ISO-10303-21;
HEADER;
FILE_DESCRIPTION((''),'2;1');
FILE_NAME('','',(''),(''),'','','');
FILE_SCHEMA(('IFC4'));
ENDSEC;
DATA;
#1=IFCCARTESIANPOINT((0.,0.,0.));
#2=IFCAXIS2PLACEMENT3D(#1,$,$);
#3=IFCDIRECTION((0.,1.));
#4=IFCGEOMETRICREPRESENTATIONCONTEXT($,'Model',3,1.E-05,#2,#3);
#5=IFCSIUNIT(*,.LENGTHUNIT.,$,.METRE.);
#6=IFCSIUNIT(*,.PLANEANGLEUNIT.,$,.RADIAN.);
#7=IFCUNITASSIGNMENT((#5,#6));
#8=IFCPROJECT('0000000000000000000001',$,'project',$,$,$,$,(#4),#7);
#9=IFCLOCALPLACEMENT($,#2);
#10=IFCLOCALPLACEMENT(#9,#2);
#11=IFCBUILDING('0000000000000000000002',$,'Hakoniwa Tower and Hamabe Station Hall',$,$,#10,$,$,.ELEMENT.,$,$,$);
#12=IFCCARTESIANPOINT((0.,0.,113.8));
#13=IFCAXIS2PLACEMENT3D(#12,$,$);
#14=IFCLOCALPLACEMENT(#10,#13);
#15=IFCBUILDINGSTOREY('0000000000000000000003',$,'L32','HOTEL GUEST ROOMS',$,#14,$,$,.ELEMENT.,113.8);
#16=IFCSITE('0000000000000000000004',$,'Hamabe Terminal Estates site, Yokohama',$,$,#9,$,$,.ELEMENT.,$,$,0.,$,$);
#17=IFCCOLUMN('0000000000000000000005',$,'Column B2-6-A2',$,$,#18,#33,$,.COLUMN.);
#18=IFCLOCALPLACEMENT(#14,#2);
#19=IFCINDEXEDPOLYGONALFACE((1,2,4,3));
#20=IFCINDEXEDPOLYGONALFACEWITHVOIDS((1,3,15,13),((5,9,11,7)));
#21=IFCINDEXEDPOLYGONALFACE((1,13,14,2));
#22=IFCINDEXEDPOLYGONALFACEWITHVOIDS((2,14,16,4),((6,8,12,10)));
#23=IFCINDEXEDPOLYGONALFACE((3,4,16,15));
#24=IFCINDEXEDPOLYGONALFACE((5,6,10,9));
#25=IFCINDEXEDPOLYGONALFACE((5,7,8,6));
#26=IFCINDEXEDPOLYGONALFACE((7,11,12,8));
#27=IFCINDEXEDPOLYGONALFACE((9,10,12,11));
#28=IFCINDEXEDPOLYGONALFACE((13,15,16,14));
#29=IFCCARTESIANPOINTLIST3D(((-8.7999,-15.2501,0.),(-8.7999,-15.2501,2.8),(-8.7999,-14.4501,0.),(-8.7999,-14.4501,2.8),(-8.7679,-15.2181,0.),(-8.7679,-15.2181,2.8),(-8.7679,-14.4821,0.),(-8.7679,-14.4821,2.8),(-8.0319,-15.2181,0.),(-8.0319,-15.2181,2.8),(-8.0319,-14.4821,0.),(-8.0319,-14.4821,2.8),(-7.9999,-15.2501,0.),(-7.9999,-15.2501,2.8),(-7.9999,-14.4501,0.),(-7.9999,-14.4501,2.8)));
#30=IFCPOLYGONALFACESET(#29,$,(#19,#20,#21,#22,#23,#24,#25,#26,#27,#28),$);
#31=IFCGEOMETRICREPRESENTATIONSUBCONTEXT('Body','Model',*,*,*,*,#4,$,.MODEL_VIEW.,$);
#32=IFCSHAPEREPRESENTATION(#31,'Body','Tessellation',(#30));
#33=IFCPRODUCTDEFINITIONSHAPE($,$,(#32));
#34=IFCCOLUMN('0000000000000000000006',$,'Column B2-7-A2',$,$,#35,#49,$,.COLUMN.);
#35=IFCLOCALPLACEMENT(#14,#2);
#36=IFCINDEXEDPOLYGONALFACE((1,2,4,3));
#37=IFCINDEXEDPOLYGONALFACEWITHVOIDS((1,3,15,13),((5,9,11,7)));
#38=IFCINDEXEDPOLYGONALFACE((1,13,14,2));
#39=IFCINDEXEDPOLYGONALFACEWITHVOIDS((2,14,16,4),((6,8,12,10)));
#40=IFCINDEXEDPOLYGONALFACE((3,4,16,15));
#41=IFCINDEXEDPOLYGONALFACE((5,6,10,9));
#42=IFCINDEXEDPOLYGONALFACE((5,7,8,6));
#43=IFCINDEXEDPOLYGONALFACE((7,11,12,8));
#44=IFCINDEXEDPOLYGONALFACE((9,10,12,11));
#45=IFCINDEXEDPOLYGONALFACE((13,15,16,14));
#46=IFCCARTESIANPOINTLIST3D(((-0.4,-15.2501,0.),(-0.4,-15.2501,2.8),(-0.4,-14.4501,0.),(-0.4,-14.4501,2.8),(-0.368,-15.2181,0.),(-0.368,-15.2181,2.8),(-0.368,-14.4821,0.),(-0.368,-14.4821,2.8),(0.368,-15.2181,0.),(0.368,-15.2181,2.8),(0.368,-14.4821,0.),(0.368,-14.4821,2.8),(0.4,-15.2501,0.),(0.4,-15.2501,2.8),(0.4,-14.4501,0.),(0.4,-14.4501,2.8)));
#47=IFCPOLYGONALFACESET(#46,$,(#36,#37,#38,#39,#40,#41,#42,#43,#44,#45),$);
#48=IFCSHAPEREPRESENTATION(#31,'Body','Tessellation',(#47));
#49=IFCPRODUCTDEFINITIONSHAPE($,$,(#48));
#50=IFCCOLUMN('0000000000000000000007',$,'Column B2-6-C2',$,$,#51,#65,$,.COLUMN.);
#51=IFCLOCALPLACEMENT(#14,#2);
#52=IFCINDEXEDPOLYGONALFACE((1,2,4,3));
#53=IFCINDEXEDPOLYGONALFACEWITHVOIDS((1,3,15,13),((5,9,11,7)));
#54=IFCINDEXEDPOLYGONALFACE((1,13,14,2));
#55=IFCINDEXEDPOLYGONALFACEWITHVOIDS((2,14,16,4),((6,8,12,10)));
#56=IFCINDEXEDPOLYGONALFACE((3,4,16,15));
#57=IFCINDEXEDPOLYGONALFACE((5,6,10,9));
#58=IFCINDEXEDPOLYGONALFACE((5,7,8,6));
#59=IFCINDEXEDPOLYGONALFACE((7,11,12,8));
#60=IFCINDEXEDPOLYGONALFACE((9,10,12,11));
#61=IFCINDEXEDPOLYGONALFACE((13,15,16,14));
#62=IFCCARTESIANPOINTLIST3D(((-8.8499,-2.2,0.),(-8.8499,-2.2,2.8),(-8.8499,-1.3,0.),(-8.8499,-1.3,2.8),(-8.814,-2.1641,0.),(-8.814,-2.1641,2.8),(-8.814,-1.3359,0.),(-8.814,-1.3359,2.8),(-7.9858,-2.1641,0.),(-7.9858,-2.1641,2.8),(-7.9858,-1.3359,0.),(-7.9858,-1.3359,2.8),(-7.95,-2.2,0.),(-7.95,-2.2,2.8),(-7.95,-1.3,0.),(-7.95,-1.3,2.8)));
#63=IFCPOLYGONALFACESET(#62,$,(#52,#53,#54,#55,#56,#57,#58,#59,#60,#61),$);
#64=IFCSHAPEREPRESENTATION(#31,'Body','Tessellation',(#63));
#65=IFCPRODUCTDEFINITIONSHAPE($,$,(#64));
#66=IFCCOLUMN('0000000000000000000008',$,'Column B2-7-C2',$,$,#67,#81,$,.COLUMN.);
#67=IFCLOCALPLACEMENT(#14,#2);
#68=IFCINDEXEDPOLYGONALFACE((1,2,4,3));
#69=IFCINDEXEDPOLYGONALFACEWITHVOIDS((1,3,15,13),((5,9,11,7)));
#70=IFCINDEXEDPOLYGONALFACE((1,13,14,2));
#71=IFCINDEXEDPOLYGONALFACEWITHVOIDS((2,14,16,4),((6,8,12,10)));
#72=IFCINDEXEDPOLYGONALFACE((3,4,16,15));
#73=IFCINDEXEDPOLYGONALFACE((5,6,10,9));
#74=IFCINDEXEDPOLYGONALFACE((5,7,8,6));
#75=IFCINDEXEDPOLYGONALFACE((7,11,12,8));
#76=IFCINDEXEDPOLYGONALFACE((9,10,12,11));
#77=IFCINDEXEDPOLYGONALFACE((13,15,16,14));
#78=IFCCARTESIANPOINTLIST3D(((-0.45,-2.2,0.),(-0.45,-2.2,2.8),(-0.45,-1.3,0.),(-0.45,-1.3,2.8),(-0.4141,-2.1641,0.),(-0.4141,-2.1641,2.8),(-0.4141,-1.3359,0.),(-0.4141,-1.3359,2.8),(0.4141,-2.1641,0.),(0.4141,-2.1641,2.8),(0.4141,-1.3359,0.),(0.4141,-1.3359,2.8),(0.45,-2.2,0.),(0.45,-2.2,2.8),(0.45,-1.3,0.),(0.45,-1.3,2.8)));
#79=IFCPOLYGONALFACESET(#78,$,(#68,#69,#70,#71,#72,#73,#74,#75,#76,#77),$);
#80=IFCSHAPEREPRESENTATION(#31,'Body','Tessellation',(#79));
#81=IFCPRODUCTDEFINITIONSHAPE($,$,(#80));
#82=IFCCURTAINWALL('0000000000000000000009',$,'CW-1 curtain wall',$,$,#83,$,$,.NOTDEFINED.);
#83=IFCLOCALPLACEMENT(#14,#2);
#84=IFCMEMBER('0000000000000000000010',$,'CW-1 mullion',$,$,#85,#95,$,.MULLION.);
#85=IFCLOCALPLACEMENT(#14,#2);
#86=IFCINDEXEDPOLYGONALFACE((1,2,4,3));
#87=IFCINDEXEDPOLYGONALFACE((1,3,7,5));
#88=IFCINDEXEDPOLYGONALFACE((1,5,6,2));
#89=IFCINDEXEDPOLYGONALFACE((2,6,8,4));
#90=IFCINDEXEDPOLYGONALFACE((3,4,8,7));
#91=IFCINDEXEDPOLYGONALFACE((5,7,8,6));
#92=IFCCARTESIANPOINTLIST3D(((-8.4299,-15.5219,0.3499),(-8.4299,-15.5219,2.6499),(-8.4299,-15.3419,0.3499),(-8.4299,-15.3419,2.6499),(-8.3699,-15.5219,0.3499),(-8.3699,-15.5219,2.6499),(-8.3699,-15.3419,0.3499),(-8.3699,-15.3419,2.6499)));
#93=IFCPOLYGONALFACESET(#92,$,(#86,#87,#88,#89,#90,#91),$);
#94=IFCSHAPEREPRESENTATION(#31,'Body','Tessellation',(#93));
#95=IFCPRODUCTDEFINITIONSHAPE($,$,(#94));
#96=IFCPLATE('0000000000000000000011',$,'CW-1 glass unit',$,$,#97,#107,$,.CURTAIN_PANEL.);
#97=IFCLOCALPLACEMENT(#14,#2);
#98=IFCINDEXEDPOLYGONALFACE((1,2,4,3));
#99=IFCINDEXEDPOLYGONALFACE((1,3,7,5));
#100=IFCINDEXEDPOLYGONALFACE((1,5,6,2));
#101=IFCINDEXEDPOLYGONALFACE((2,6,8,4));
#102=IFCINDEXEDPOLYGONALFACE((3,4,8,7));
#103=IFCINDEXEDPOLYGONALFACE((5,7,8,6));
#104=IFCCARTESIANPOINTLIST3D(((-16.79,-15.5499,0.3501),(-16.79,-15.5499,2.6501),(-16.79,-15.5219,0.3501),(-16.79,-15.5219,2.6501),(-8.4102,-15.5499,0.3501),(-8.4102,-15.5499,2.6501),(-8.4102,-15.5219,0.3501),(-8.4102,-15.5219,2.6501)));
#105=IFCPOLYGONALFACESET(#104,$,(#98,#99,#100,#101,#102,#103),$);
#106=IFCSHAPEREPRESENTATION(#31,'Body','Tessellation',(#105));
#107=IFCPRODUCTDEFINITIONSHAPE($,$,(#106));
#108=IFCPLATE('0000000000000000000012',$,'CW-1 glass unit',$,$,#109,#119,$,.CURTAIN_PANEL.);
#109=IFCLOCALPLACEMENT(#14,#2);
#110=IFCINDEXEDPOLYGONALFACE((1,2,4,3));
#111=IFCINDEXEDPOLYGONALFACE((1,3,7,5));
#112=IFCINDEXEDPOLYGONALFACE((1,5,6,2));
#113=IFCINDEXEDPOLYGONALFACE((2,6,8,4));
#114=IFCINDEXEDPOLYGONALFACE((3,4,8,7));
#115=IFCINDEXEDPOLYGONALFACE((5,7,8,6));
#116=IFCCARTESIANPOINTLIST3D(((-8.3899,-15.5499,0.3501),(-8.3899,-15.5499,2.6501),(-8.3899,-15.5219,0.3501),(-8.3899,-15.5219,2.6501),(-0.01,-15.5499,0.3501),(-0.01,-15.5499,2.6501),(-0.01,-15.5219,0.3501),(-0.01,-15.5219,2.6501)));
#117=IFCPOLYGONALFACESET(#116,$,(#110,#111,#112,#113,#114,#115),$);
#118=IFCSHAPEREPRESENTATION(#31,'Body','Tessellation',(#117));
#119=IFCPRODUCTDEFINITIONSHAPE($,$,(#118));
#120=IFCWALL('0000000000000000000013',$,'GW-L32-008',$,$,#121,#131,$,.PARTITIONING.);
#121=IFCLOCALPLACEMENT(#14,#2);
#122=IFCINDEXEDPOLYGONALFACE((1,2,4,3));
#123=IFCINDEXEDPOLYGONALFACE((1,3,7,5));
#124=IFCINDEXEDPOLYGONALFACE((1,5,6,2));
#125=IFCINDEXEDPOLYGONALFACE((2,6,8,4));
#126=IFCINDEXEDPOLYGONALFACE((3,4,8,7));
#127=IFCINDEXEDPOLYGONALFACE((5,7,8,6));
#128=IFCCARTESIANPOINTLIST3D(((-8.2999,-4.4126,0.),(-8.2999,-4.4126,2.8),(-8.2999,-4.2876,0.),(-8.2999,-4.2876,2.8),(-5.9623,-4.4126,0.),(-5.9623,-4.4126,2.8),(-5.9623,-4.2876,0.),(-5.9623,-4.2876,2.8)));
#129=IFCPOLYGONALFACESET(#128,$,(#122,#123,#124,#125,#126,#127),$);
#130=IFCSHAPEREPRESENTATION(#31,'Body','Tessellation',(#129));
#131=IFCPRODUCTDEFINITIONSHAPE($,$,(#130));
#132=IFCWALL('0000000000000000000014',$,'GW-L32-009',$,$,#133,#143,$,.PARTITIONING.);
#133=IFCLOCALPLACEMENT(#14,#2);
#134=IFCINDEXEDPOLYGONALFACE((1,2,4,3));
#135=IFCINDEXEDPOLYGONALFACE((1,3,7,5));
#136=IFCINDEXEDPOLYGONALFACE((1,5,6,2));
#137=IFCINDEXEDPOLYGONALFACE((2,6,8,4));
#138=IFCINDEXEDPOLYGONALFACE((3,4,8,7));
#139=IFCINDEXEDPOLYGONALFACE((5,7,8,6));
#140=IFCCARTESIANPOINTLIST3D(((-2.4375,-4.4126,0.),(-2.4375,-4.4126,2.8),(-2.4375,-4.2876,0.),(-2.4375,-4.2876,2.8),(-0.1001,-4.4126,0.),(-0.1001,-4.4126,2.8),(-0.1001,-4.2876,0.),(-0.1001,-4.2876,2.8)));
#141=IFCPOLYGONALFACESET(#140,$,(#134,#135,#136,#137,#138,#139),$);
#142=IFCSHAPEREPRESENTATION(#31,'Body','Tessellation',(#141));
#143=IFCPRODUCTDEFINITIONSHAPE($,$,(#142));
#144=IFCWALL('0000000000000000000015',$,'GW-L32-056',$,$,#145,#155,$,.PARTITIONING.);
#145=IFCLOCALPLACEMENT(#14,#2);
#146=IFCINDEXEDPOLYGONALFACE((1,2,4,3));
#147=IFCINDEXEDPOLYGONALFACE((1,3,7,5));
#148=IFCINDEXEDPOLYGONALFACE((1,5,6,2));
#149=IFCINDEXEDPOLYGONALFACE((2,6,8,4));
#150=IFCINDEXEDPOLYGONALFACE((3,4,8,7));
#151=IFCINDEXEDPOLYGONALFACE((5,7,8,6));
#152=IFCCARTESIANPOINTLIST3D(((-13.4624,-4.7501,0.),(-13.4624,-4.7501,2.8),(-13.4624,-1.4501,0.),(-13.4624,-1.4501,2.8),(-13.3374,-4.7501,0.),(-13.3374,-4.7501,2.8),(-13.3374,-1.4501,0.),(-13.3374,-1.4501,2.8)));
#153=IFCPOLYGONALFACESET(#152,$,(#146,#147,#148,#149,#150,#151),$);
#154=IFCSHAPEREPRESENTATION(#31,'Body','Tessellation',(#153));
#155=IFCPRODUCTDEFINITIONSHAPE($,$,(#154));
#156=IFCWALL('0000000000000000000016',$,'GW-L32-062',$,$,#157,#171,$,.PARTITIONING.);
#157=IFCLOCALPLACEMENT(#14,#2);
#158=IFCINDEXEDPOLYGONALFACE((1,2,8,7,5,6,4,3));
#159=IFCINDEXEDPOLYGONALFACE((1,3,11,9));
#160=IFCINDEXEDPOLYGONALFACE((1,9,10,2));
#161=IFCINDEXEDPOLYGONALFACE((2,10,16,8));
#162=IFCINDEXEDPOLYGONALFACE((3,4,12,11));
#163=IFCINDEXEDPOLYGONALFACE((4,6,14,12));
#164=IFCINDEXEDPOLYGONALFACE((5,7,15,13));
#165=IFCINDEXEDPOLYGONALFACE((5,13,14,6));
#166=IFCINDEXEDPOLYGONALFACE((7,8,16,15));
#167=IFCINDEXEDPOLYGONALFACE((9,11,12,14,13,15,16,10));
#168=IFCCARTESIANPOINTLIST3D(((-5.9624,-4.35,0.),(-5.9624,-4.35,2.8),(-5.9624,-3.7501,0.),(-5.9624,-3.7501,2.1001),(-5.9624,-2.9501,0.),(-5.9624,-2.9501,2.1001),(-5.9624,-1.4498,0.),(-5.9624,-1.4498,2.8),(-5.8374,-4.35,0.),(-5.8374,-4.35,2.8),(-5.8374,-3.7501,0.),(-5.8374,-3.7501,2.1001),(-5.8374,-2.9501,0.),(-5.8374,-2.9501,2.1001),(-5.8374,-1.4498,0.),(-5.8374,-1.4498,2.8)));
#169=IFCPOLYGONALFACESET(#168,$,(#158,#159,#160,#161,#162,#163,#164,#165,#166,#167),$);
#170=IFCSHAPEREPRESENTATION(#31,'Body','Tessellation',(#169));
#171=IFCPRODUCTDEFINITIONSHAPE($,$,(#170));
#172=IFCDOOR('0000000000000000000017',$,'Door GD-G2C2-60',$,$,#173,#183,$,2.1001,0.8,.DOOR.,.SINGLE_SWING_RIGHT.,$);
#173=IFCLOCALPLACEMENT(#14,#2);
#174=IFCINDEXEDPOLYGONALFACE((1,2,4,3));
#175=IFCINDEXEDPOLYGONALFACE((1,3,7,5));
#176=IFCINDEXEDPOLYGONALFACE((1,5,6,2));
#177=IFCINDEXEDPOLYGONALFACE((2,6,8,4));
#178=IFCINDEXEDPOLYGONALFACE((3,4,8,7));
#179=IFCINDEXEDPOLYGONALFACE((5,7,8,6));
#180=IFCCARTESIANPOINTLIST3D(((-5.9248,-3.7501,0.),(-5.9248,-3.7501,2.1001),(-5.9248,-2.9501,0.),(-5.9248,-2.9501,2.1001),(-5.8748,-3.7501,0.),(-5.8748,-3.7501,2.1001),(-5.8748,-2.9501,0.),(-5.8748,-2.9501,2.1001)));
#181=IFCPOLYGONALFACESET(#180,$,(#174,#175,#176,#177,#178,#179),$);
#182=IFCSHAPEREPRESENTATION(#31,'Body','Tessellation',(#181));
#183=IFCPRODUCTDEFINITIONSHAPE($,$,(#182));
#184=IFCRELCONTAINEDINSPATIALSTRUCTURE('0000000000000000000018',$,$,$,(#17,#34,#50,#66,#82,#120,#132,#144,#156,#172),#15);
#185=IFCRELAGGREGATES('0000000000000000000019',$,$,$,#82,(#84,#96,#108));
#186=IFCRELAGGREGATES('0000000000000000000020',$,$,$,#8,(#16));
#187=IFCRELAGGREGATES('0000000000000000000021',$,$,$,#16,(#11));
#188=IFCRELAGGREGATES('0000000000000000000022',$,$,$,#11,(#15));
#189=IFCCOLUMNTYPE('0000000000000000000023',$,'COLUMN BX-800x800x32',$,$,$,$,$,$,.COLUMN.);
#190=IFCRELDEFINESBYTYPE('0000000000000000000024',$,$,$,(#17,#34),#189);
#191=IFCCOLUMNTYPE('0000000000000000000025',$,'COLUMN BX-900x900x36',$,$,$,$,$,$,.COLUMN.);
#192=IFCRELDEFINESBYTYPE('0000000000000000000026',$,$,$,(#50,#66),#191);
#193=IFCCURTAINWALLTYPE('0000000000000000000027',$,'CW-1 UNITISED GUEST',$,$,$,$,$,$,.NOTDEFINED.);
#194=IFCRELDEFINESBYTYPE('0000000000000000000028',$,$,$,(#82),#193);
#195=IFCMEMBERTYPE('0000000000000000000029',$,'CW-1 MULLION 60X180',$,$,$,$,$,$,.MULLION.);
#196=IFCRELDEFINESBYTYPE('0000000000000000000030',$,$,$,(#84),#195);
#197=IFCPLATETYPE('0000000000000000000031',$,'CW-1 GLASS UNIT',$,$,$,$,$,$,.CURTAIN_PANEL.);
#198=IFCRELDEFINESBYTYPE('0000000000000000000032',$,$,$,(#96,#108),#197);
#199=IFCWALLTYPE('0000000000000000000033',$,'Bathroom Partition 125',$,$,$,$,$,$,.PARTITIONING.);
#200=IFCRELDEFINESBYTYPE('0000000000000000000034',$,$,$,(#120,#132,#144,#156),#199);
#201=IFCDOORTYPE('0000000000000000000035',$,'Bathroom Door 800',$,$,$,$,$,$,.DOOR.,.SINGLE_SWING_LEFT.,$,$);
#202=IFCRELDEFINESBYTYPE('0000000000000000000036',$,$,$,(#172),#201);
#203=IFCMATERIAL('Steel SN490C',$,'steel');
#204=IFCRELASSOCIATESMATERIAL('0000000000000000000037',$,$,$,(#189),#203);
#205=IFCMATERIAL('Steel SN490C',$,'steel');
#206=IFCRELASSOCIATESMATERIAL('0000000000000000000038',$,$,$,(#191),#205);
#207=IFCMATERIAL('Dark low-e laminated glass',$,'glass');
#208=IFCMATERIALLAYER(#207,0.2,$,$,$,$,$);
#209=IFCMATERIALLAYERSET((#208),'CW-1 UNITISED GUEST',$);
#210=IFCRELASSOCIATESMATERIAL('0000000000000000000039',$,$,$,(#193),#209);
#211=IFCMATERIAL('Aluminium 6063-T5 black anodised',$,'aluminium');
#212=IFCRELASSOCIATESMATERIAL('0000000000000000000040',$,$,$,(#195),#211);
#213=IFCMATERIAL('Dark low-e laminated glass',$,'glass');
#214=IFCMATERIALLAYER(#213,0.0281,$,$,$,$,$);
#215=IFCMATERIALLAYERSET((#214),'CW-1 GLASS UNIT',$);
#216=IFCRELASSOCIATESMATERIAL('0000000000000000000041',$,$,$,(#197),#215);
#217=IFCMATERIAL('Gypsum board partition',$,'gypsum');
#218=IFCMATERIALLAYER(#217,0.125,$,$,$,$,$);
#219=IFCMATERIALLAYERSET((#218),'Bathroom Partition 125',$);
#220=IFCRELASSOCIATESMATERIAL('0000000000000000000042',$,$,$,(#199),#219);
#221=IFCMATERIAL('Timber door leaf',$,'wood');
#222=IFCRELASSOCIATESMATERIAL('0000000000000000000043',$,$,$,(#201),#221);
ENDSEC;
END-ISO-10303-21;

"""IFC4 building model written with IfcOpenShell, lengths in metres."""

from ifc_helpers import new_model, si_unit, direction, frame, frame_2d, origin, origin_2d, place, context, subcontext, project, spatial, rectangle, hollow_rectangle, extrude, material, layer, layer_set, material_profile, profile_set, type_object, element, fill, aggregate, save


model = new_model("IFC4")

# Units and contexts
model_context = context("Model", 3, precision=1e-05, world=origin(), true_north=direction((0.0, 1.0)))
body_context = subcontext(model_context, "Body", "Model", "MODEL_VIEW")
ifc_project = project(units=[si_unit("LENGTHUNIT", "METRE"), si_unit("PLANEANGLEUNIT", "RADIAN")], contexts=[model_context])

# Site, building, storey
site_placement = place(None, origin())
site = spatial("IfcSite", under=ifc_project, at=site_placement, Name="Hamabe Terminal Estates site, Yokohama", CompositionType="ELEMENT", RefElevation=0.0)
building_placement = place(site_placement, origin())
building = spatial("IfcBuilding", under=site, at=building_placement, Name="Hakoniwa Tower and Hamabe Station Hall", CompositionType="ELEMENT")
storey_placement = place(building_placement, frame((0.0, 0.0, 113.8)))
storey = spatial("IfcBuildingStorey", under=building, at=storey_placement, Name="L32", Description="HOTEL GUEST ROOMS", CompositionType="ELEMENT", Elevation=113.8)

# Columns
ifc_material_1 = material(Name="Steel SN490C", Category="steel")
ifc_material_profile_1 = material_profile(ifc_material_1, hollow_rectangle(XDim=0.8, YDim=0.8, WallThickness=0.032, at=origin_2d()), Name="BX-800x800x32")
ifc_profile_set_1 = profile_set([ifc_material_profile_1], Name="Steel SN490C")
column_type_1 = type_object("IfcColumnType", Name="COLUMN BX-800x800x32", PredefinedType="COLUMN", material=ifc_profile_set_1)
for number, where, z_axis, x_axis, name in (
    (1, (-8.3999, -14.8501, 0.0), (0.0, 0.0, 1.0), (1.0, 0.0, 0.0), "Column B2-6-A2"),
    (2, (0.0, -14.8501, 0.0), (0.0, 0.0, 1.0), (1.0, 0.0, 0.0), "Column B2-7-A2"),
):
    element("IfcColumn", number, at=place(storey_placement, frame(where, z_axis=z_axis, x_axis=x_axis)), inside=storey, type_object=column_type_1, Name=name, PredefinedType="COLUMN", context=body_context, shape_type="SweptSolid", body=[
        extrude(hollow_rectangle(XDim=0.8, YDim=0.8, WallThickness=0.032, at=origin_2d()), origin(), (0.0, 0.0, 1.0), 2.8),
    ])
ifc_material_2 = material(Name="Steel SN490C", Category="steel")
ifc_material_profile_2 = material_profile(ifc_material_2, hollow_rectangle(XDim=0.8999, YDim=0.8999, WallThickness=0.0359, at=origin_2d()), Name="BX-900x900x36")
ifc_profile_set_2 = profile_set([ifc_material_profile_2], Name="Steel SN490C")
column_type_2 = type_object("IfcColumnType", Name="COLUMN BX-900x900x36", PredefinedType="COLUMN", material=ifc_profile_set_2)
for number, where, z_axis, x_axis, name in (
    (3, (-8.3999, -1.75, 0.0), (0.0, 0.0, 1.0), (1.0, 0.0, 0.0), "Column B2-6-C2"),
    (4, (0.0, -1.75, 0.0), (0.0, 0.0, 1.0), (1.0, 0.0, 0.0), "Column B2-7-C2"),
):
    element("IfcColumn", number, at=place(storey_placement, frame(where, z_axis=z_axis, x_axis=x_axis)), inside=storey, type_object=column_type_2, Name=name, PredefinedType="COLUMN", context=body_context, shape_type="SweptSolid", body=[
        extrude(hollow_rectangle(XDim=0.8999, YDim=0.8999, WallThickness=0.0359, at=origin_2d()), origin(), (0.0, 0.0, 1.0), 2.8),
    ])

# Curtain wall, member, plates
ifc_material_3 = material(Name="Dark low-e laminated glass", Category="glass")
ifc_layer_1 = layer(ifc_material_3, 0.2)
ifc_layer_set_1 = layer_set([ifc_layer_1], Name="CW-1 UNITISED GUEST")
curtain_wall_type = type_object("IfcCurtainWallType", Name="CW-1 UNITISED GUEST", PredefinedType="NOTDEFINED", material=ifc_layer_set_1)
curtain_wall_placement = place(storey_placement, origin())
curtain_wall = element("IfcCurtainWall", 5, at=curtain_wall_placement, inside=storey, type_object=curtain_wall_type, Name="CW-1 curtain wall", PredefinedType="NOTDEFINED")
ifc_material_4 = material(Name="Aluminium 6063-T5 black anodised", Category="aluminium")
ifc_material_profile_3 = material_profile(ifc_material_4, rectangle(XDim=0.0601, YDim=0.1799, at=origin_2d()), Name="CW-1 MULLION 60X180")
ifc_profile_set_3 = profile_set([ifc_material_profile_3], Name="Aluminium 6063-T5 black anodised")
member_type = type_object("IfcMemberType", Name="CW-1 MULLION 60X180", PredefinedType="MULLION", material=ifc_profile_set_3)
member_placement = place(storey_placement, frame((-8.3999, -15.4319, 0.3499), z_axis=(0.0, 0.0, 1.0), x_axis=(1.0, 0.0, 0.0)))
member = element("IfcMember", 6, at=member_placement, type_object=member_type, Name="CW-1 mullion", PredefinedType="MULLION", context=body_context, shape_type="SweptSolid", body=[
    extrude(rectangle(XDim=0.0601, YDim=0.1799, at=origin_2d()), origin(), (0.0, 0.0, 1.0), 2.3),
])
ifc_material_5 = material(Name="Dark low-e laminated glass", Category="glass")
ifc_layer_2 = layer(ifc_material_5, 0.0281)
ifc_layer_set_2 = layer_set([ifc_layer_2], Name="CW-1 GLASS UNIT")
plate_type = type_object("IfcPlateType", Name="CW-1 GLASS UNIT", PredefinedType="CURTAIN_PANEL", material=ifc_layer_set_2)
plate_1_placement = place(storey_placement, frame((-12.6001, -15.5359, 0.3501), z_axis=(0.0, 0.0, 1.0), x_axis=(1.0, 0.0, 0.0)))
plate_1 = element("IfcPlate", 7, at=plate_1_placement, type_object=plate_type, Name="CW-1 glass unit", PredefinedType="CURTAIN_PANEL", context=body_context, shape_type="SweptSolid", body=[
    extrude(rectangle(XDim=8.3799, YDim=0.0281, at=origin_2d()), origin(), (0.0, 0.0, 1.0), 2.3),
])
plate_2_placement = place(storey_placement, frame((-4.2, -15.5359, 0.3501), z_axis=(0.0, 0.0, 1.0), x_axis=(1.0, 0.0, 0.0)))
plate_2 = element("IfcPlate", 8, at=plate_2_placement, type_object=plate_type, Name="CW-1 glass unit", PredefinedType="CURTAIN_PANEL", context=body_context, shape_type="SweptSolid", body=[
    extrude(rectangle(XDim=8.3799, YDim=0.0281, at=origin_2d()), origin(), (0.0, 0.0, 1.0), 2.3),
])
aggregate(curtain_wall, [member, plate_1, plate_2])

# Walls
ifc_material_6 = material(Name="Gypsum board partition", Category="gypsum")
ifc_layer_3 = layer(ifc_material_6, 0.125)
ifc_layer_set_3 = layer_set([ifc_layer_3], Name="Bathroom Partition 125")
wall_type_1 = type_object("IfcWallType", Name="Bathroom Partition 125", PredefinedType="PARTITIONING", material=ifc_layer_set_3)
wall_1_placement = place(storey_placement, frame((-8.3, -4.3501, 0.0), z_axis=(0.0, 0.0, 1.0), x_axis=(1.0, 0.0, 0.0)))
element("IfcWall", 9, at=wall_1_placement, inside=storey, type_object=wall_type_1, Name="GW-L32-008", PredefinedType="PARTITIONING", context=body_context, shape_type="SweptSolid", body=[
    extrude(rectangle(XDim=2.3376, YDim=0.125, at=frame_2d((1.1689, 0.0))), origin(), (0.0, 0.0, 1.0), 2.8),
])
wall_2_placement = place(storey_placement, frame((-2.4375, -4.3501, 0.0), z_axis=(0.0, 0.0, 1.0), x_axis=(1.0, 0.0, 0.0)))
element("IfcWall", 10, at=wall_2_placement, inside=storey, type_object=wall_type_1, Name="GW-L32-009", PredefinedType="PARTITIONING", context=body_context, shape_type="SweptSolid", body=[
    extrude(rectangle(XDim=2.3374, YDim=0.125, at=frame_2d((1.1687, 0.0))), origin(), (0.0, 0.0, 1.0), 2.8),
])
wall_3_placement = place(storey_placement, frame((-13.3999, -4.75, 0.0), z_axis=(0.0, 0.0, 1.0), x_axis=(0.0, 1.0, 0.0)))
element("IfcWall", 11, at=wall_3_placement, inside=storey, type_object=wall_type_1, Name="GW-L32-056", PredefinedType="PARTITIONING", context=body_context, shape_type="SweptSolid", body=[
    extrude(rectangle(XDim=3.3, YDim=0.125, at=frame_2d((1.6499, 0.0))), origin(), (0.0, 0.0, 1.0), 2.8),
])

# Wall, opening, door
wall_4_placement = place(storey_placement, frame((-5.8999, -4.3501, 0.0), z_axis=(0.0, 0.0, 1.0), x_axis=(0.0, 1.0, 0.0)))
wall_4 = element("IfcWall", 12, at=wall_4_placement, inside=storey, type_object=wall_type_1, Name="GW-L32-062", PredefinedType="PARTITIONING", context=body_context, shape_type="SweptSolid", body=[
    extrude(rectangle(XDim=2.9001, YDim=0.125, at=frame_2d((1.4502, 0.0))), origin(), (0.0, 0.0, 1.0), 2.8),
])
opening_1_placement = place(wall_4_placement, frame((0.6001, 0.0, 0.0)))
opening_1 = element("IfcOpeningElement", 13, at=opening_1_placement, cuts=wall_4, PredefinedType="OPENING", context=body_context, shape_type="SweptSolid", body=[
    extrude(rectangle(XDim=0.8, YDim=2.1001, at=frame_2d((0.3999, 1.05))), frame((0.0, 0.0725, 0.0), z_axis=(0.0, -1.0, 0.0), x_axis=(1.0, 0.0, 0.0)), (0.0, 0.0, 1.0), 0.145),
])
ifc_material_7 = material(Name="Timber door leaf", Category="wood")
door_type = type_object("IfcDoorType", Name="Bathroom Door 800", OperationType="SINGLE_SWING_LEFT", PredefinedType="DOOR", material=ifc_material_7)
door_1_placement = place(opening_1_placement, origin())
door_1 = element("IfcDoor", 14, at=door_1_placement, inside=storey, type_object=door_type, Name="Door GD-G2C2-60", OperationType="SINGLE_SWING_RIGHT", OverallHeight=2.1001, OverallWidth=0.8, PredefinedType="DOOR", context=body_context, shape_type="SweptSolid", body=[
    extrude(rectangle(XDim=0.8, YDim=2.1001, at=frame_2d((0.3999, 1.05))), frame((0.0, 0.0249, 0.0), z_axis=(0.0, -1.0, 0.0), x_axis=(1.0, 0.0, 0.0)), (0.0, 0.0, 1.0), 0.05),
])
fill(opening_1, door_1)

save(model, "model.ifc")
